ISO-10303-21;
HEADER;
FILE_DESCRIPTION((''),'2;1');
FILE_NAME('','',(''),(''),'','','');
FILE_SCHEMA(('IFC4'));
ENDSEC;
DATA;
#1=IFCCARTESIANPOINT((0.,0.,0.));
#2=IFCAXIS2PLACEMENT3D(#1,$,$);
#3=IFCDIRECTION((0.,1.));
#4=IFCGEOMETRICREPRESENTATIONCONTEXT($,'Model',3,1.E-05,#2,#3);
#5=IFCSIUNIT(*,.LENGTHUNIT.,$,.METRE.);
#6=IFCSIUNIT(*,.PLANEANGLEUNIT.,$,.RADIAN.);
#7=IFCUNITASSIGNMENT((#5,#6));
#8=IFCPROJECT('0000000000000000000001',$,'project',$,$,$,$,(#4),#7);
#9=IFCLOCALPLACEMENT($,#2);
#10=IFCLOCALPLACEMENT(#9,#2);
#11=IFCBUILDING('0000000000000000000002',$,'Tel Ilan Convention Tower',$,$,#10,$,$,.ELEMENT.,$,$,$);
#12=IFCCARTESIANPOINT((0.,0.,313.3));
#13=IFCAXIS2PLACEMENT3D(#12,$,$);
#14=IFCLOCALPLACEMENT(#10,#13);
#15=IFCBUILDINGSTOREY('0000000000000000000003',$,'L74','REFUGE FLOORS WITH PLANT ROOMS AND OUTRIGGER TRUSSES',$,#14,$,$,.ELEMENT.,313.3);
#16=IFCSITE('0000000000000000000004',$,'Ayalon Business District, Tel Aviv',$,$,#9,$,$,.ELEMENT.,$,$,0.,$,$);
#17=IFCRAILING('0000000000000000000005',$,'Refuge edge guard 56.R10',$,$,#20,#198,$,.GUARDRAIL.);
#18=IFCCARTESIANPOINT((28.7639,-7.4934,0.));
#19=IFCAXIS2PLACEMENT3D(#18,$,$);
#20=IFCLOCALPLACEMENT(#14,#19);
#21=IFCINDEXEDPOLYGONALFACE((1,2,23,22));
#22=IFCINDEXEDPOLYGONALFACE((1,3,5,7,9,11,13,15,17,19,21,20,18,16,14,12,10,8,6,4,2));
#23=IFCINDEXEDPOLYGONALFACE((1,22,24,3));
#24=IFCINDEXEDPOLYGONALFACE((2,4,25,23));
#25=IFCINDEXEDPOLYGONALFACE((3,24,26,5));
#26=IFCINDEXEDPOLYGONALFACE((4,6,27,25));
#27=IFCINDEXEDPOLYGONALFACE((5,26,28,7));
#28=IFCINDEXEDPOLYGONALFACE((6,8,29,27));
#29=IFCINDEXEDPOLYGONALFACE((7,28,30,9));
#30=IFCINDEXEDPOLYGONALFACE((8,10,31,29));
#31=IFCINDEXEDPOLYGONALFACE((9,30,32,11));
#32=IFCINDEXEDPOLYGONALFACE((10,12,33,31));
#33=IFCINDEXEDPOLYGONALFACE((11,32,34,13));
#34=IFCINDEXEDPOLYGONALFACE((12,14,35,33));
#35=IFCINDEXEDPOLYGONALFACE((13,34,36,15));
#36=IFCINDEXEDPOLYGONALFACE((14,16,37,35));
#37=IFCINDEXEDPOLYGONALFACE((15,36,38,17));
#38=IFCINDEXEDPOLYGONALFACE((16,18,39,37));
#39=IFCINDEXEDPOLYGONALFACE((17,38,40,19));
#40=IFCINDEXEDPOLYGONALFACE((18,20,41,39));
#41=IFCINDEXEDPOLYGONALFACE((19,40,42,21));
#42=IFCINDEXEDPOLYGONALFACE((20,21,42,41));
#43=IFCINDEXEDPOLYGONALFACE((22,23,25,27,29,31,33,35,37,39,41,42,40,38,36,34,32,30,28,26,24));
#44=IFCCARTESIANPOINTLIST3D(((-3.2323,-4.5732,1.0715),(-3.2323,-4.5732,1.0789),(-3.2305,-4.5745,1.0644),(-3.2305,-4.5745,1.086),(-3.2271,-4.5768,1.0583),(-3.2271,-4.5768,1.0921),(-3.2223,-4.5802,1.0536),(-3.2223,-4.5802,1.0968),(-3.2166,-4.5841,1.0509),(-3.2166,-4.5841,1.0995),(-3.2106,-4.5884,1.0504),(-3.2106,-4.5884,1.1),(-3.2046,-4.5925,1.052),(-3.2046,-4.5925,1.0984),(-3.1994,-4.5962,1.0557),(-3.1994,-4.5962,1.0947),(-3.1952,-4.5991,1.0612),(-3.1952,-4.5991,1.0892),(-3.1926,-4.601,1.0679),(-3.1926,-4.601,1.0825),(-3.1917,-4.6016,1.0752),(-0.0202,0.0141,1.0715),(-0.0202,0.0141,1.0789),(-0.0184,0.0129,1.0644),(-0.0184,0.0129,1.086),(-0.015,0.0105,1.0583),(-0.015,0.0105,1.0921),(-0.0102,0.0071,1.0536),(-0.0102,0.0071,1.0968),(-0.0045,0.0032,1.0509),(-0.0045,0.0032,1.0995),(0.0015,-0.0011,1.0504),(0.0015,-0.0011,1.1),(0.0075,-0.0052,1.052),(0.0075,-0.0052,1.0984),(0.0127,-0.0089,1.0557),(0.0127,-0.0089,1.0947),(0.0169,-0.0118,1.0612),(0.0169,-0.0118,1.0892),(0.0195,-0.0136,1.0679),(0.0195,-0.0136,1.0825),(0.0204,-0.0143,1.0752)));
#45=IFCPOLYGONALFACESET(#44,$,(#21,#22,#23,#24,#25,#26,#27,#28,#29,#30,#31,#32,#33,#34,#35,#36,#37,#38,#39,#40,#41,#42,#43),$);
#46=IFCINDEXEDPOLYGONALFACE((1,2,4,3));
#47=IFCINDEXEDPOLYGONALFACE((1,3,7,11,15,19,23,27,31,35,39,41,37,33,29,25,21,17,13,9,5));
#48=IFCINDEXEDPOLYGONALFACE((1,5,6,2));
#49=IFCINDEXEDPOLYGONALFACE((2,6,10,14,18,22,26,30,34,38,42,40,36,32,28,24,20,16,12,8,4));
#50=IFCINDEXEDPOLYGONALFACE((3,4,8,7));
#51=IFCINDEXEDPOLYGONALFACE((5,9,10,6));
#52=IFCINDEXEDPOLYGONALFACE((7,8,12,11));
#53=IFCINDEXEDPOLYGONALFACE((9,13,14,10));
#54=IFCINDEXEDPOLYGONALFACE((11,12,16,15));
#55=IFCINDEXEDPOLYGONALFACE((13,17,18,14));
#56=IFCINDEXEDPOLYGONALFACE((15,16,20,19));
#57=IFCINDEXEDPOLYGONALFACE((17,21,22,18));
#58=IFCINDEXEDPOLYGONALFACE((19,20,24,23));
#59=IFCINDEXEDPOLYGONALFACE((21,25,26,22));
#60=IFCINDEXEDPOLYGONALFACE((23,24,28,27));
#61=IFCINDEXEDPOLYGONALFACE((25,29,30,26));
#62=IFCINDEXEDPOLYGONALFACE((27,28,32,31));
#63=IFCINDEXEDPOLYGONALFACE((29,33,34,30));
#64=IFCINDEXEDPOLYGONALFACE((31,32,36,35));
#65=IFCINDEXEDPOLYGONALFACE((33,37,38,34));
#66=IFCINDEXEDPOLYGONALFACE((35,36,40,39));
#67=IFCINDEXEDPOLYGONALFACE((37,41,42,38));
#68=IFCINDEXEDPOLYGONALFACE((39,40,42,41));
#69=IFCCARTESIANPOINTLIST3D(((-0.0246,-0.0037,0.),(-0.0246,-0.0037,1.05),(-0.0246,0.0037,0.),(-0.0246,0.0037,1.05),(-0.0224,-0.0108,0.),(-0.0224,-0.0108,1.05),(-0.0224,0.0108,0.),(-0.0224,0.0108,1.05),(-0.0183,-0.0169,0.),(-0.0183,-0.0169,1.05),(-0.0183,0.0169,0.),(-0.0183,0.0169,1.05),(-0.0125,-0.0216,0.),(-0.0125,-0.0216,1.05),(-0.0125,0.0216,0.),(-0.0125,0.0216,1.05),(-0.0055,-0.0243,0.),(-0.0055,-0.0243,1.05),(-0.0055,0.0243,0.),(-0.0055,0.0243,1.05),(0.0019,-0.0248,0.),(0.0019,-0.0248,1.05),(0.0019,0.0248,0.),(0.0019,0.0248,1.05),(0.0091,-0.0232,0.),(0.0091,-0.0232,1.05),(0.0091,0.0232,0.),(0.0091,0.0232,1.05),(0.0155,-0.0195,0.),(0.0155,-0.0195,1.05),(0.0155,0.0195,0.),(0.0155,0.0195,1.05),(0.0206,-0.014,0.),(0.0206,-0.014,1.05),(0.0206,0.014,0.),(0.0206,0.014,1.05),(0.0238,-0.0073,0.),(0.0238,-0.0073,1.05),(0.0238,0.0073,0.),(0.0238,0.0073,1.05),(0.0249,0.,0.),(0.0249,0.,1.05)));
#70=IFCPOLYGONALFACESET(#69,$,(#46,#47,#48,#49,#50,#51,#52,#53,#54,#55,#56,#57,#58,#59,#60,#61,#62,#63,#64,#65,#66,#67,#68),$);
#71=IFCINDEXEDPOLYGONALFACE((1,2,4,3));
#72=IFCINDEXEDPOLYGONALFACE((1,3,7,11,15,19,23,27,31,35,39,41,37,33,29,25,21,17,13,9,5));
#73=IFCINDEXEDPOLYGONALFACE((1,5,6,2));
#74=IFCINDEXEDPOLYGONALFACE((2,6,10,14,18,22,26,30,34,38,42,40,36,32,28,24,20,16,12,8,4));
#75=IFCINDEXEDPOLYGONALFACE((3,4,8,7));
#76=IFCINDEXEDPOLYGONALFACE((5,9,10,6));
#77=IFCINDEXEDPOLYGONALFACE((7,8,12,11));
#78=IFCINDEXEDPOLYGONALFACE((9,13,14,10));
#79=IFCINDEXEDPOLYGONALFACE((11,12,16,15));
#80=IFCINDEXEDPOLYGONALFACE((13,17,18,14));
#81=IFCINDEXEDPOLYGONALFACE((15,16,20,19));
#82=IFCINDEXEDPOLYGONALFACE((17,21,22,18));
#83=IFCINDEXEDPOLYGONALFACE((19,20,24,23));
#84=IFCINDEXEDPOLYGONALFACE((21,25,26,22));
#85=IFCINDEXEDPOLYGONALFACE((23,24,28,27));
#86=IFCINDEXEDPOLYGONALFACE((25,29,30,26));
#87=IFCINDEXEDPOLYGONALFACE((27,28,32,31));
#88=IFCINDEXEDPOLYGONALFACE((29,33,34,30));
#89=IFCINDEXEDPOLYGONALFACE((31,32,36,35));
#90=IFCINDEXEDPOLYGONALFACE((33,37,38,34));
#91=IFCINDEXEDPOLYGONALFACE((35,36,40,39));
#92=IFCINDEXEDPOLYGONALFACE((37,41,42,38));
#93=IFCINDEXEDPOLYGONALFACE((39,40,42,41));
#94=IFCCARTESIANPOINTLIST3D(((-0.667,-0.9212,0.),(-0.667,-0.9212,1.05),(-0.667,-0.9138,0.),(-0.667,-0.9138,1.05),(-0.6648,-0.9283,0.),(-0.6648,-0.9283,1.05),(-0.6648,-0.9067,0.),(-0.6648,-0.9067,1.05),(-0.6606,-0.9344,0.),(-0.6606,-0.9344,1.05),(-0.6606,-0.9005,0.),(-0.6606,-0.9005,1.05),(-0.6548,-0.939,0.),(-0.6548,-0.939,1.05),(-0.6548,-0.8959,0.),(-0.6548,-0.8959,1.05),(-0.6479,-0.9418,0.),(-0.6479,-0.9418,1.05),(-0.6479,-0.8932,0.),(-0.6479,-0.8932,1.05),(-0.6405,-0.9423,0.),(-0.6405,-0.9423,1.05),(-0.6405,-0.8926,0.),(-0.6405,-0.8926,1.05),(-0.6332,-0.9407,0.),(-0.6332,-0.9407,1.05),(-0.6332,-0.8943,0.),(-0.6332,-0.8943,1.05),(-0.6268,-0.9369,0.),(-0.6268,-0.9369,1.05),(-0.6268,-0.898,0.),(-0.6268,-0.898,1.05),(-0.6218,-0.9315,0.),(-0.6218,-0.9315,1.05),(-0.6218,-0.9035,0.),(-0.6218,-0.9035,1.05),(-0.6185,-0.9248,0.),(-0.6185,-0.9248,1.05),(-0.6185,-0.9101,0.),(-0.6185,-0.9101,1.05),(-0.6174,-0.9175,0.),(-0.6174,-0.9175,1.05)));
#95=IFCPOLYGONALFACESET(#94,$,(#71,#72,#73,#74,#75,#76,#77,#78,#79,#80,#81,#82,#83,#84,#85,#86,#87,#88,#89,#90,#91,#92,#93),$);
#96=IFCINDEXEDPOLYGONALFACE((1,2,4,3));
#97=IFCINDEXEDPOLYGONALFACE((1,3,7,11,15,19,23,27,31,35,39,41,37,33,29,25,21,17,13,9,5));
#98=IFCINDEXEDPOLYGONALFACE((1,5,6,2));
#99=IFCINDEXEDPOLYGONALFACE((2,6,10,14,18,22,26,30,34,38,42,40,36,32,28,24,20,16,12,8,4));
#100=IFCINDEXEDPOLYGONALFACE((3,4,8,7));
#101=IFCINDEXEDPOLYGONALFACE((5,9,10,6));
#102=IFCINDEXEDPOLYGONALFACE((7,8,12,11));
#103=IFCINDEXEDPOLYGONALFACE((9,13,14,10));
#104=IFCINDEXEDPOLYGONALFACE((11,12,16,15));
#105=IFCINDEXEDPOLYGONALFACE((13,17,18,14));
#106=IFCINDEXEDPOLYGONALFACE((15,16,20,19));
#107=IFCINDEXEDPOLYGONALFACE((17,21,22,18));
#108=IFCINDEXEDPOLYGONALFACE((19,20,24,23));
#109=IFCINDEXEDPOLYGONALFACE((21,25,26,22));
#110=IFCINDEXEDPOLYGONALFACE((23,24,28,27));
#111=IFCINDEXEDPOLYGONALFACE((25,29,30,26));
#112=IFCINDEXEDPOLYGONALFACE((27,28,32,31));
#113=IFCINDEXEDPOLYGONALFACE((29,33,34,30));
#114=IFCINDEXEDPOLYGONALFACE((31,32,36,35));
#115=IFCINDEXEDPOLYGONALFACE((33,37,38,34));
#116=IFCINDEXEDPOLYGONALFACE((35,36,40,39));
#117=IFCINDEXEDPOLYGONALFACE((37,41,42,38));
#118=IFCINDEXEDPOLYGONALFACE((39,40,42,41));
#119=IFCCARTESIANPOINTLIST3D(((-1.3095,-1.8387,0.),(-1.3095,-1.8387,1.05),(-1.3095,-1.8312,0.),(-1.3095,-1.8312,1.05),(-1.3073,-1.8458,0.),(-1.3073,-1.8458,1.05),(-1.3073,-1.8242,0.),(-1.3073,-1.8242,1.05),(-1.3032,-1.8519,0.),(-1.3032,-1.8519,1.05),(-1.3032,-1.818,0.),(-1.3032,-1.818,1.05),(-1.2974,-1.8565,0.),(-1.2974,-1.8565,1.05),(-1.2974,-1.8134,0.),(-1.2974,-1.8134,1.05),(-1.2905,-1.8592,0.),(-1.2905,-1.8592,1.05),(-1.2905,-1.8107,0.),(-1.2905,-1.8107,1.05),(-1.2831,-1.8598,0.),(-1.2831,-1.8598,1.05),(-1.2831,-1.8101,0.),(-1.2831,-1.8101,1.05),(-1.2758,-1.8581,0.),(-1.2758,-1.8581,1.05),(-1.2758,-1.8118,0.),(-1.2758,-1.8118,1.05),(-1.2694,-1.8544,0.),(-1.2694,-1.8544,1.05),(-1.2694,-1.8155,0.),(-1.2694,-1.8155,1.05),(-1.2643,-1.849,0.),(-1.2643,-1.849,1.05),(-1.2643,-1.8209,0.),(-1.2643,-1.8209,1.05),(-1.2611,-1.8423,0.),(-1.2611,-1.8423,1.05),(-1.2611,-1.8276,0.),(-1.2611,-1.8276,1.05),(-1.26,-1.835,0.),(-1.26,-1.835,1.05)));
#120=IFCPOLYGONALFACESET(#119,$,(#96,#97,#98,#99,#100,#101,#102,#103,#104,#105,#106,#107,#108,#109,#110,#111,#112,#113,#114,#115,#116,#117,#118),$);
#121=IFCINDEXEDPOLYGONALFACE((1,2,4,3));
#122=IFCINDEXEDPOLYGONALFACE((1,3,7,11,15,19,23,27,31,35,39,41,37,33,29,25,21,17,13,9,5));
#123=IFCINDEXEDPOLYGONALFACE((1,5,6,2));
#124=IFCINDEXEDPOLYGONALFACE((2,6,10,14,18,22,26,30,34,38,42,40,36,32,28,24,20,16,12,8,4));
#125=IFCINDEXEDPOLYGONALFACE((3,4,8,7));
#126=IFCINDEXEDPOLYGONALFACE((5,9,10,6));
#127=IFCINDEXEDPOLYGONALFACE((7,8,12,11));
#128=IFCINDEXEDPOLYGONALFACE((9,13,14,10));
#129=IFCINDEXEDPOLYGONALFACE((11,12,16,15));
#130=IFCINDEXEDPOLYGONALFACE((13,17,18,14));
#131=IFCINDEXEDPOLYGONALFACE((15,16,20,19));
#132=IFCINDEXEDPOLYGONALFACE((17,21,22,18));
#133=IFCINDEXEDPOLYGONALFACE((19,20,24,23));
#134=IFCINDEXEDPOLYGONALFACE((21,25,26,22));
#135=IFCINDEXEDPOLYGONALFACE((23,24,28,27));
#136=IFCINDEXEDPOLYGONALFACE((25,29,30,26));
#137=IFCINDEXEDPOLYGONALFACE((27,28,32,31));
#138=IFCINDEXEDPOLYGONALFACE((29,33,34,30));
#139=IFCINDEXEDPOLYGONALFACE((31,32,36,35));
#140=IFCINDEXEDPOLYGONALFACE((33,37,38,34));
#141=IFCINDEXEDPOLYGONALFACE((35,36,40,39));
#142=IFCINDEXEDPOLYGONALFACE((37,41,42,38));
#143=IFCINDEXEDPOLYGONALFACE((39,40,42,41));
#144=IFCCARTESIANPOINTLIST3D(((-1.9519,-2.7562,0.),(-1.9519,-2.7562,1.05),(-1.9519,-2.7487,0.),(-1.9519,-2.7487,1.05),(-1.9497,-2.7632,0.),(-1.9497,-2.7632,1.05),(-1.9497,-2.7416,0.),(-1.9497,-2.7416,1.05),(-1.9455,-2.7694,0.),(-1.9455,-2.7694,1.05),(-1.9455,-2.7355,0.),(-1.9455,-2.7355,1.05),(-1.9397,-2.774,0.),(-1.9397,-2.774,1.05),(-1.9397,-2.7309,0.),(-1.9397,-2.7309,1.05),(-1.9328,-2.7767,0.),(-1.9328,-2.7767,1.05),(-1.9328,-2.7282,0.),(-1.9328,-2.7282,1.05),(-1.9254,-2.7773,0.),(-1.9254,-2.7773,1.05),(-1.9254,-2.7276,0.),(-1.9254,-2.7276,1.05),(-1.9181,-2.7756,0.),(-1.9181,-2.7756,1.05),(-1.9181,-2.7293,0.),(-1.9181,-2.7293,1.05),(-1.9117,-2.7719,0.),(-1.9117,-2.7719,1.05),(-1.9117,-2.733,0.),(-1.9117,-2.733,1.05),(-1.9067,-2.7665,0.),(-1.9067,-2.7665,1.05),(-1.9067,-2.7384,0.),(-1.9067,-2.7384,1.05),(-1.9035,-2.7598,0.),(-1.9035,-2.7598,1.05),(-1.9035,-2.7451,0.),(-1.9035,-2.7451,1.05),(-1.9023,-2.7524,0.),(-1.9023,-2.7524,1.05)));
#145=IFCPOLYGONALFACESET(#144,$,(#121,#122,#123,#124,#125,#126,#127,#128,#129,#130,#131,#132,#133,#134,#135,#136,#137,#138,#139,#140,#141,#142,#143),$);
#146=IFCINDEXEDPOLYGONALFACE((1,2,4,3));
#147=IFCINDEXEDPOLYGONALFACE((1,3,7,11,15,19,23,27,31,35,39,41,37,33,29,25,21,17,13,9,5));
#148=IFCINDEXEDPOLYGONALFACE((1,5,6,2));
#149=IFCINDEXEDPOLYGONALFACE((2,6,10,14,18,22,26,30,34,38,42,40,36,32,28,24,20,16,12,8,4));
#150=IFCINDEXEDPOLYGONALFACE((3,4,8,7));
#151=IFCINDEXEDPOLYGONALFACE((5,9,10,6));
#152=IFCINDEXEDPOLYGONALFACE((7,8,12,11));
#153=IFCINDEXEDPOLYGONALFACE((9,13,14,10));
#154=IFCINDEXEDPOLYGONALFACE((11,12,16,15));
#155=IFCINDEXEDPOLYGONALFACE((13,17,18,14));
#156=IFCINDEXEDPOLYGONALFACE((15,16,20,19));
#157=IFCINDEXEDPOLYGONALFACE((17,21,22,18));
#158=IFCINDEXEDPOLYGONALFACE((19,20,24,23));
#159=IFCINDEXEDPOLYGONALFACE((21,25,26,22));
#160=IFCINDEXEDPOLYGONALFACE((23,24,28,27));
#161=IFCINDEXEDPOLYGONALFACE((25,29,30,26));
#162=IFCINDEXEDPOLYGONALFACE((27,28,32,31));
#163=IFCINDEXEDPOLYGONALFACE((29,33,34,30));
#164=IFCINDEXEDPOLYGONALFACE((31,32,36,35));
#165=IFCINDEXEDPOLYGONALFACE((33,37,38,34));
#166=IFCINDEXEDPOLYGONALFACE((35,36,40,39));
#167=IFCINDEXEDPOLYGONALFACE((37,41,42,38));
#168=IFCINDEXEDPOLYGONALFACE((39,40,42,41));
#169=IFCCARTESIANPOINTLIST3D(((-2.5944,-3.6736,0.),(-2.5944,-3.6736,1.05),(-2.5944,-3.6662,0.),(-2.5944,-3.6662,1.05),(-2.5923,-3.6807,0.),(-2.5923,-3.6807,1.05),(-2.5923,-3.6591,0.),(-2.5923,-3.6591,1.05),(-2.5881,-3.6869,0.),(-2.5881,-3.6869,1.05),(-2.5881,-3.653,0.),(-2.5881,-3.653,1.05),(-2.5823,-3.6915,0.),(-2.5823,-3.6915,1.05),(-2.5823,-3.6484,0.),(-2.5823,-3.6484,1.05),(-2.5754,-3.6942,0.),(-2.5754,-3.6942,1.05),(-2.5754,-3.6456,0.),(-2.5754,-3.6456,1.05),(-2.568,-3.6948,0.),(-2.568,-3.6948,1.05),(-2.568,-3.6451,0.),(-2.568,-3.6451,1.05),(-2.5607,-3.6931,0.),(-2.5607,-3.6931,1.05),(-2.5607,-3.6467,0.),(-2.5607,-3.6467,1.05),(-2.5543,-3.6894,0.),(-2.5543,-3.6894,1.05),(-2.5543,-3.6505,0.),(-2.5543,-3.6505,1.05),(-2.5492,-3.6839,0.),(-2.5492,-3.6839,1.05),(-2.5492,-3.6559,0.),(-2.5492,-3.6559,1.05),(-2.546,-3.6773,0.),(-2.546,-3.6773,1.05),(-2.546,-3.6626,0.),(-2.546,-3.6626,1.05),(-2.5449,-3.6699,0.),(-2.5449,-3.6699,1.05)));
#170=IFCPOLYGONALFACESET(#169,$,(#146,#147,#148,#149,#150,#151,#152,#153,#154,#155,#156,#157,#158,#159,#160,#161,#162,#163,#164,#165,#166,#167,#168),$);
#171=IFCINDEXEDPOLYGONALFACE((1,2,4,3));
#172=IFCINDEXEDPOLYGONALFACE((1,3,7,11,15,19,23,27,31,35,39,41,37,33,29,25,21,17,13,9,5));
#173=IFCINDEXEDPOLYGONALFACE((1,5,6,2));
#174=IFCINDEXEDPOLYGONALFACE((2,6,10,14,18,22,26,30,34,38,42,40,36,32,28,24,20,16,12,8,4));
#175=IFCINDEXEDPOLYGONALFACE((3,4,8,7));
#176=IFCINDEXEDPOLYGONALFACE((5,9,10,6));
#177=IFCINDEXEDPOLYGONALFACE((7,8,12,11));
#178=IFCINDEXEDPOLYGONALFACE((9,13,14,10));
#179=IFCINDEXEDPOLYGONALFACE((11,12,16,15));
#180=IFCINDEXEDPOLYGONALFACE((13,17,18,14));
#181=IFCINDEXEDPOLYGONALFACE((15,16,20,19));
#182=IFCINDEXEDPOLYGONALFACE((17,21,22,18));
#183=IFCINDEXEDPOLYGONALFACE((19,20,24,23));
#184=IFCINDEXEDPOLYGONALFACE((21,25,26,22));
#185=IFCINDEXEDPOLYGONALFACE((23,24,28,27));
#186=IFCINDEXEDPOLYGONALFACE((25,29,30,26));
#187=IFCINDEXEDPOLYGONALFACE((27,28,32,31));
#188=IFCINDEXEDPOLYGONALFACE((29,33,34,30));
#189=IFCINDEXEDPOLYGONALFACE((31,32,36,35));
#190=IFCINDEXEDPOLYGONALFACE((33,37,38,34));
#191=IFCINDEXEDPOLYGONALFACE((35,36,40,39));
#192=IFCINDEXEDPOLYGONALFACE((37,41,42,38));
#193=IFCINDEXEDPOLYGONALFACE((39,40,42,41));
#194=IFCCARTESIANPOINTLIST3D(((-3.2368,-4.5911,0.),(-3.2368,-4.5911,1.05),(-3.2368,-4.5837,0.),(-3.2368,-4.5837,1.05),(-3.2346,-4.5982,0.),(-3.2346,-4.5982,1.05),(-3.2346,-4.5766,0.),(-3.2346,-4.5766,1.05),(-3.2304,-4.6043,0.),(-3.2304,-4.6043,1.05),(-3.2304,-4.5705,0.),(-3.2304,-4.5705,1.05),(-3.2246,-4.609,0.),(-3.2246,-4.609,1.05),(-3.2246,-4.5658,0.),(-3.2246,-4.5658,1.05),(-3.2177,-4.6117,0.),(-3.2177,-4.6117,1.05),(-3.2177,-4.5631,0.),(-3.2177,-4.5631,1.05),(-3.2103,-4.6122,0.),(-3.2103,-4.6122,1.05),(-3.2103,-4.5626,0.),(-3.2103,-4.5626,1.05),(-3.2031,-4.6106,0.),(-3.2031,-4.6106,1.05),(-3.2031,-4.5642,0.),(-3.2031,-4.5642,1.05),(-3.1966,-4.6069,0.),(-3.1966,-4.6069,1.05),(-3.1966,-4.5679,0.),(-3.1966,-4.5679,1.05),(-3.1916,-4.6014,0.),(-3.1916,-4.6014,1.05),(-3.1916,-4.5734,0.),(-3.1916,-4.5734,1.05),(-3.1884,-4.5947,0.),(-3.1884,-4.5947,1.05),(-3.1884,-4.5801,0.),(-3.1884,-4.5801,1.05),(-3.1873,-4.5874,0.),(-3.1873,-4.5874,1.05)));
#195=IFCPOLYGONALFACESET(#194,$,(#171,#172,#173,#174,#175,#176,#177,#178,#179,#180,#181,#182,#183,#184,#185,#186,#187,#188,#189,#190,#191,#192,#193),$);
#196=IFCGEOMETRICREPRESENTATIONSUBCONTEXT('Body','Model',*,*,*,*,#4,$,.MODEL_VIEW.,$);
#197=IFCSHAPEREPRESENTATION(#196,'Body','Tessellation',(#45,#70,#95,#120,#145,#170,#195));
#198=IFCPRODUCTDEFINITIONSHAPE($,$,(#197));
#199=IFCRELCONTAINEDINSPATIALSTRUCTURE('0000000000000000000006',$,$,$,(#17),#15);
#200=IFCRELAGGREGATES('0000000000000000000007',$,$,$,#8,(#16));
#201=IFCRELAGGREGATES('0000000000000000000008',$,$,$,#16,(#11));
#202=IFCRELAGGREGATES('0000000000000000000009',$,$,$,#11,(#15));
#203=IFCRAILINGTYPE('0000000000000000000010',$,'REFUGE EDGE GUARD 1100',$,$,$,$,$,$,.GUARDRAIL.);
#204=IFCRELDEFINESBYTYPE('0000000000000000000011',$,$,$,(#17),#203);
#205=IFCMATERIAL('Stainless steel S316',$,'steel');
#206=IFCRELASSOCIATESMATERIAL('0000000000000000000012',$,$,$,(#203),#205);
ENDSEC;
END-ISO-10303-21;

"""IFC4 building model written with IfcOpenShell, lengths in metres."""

from ifc_helpers import new_model, si_unit, direction, frame, origin, origin_2d, place, context, subcontext, project, spatial, circle, extrude, material, type_object, element, save


model = new_model("IFC4")

# Units and contexts
model_context = context("Model", 3, precision=1e-05, world=origin(), true_north=direction((0.0, 1.0)))
body_context = subcontext(model_context, "Body", "Model", "MODEL_VIEW")
ifc_project = project(units=[si_unit("LENGTHUNIT", "METRE"), si_unit("PLANEANGLEUNIT", "RADIAN")], contexts=[model_context])

# Site, building, storey
site_placement = place(None, origin())
site = spatial("IfcSite", under=ifc_project, at=site_placement, Name="Ayalon Business District, Tel Aviv", CompositionType="ELEMENT", RefElevation=0.0)
building_placement = place(site_placement, origin())
building = spatial("IfcBuilding", under=site, at=building_placement, Name="Tel Ilan Convention Tower", CompositionType="ELEMENT")
storey_placement = place(building_placement, frame((0.0, 0.0, 313.3)))
storey = spatial("IfcBuildingStorey", under=building, at=storey_placement, Name="L74", Description="REFUGE FLOORS WITH PLANT ROOMS AND OUTRIGGER TRUSSES", CompositionType="ELEMENT", Elevation=313.3)

# Railing
ifc_material_1 = material(Name="Stainless steel S316", Category="steel")
railing_type_1 = type_object("IfcRailingType", Name="REFUGE EDGE GUARD 1100", PredefinedType="GUARDRAIL", material=ifc_material_1)
railing_1_placement = place(storey_placement, frame((28.7639, -7.4934, 0.0)))
element("IfcRailing", 1, at=railing_1_placement, inside=storey, type_object=railing_type_1, Name="Refuge edge guard 56.R10", PredefinedType="GUARDRAIL", context=body_context, shape_type="SweptSolid", body=[
    extrude(circle(Radius=0.0249, at=origin_2d()), frame((0.0, 0.0, 1.0752), z_axis=(-0.573579, -0.81915, 0.0), x_axis=(0.81915, -0.573579, 0.0)), (0.0, 0.0, 1.0), 5.6001),
    extrude(circle(Radius=0.0249, at=origin_2d()), origin(), (0.0, 0.0, 1.0), 1.05),
    extrude(circle(Radius=0.0249, at=origin_2d()), frame((-0.6423, -0.9175, 0.0)), (0.0, 0.0, 1.0), 1.05),
    extrude(circle(Radius=0.0249, at=origin_2d()), frame((-1.2849, -1.835, 0.0)), (0.0, 0.0, 1.0), 1.05),
    extrude(circle(Radius=0.0249, at=origin_2d()), frame((-1.9272, -2.7524, 0.0)), (0.0, 0.0, 1.0), 1.05),
    extrude(circle(Radius=0.0249, at=origin_2d()), frame((-2.5698, -3.6699, 0.0)), (0.0, 0.0, 1.0), 1.05),
    extrude(circle(Radius=0.0249, at=origin_2d()), frame((-3.2122, -4.5874, 0.0)), (0.0, 0.0, 1.0), 1.05),
])

save(model, "model.ifc")
